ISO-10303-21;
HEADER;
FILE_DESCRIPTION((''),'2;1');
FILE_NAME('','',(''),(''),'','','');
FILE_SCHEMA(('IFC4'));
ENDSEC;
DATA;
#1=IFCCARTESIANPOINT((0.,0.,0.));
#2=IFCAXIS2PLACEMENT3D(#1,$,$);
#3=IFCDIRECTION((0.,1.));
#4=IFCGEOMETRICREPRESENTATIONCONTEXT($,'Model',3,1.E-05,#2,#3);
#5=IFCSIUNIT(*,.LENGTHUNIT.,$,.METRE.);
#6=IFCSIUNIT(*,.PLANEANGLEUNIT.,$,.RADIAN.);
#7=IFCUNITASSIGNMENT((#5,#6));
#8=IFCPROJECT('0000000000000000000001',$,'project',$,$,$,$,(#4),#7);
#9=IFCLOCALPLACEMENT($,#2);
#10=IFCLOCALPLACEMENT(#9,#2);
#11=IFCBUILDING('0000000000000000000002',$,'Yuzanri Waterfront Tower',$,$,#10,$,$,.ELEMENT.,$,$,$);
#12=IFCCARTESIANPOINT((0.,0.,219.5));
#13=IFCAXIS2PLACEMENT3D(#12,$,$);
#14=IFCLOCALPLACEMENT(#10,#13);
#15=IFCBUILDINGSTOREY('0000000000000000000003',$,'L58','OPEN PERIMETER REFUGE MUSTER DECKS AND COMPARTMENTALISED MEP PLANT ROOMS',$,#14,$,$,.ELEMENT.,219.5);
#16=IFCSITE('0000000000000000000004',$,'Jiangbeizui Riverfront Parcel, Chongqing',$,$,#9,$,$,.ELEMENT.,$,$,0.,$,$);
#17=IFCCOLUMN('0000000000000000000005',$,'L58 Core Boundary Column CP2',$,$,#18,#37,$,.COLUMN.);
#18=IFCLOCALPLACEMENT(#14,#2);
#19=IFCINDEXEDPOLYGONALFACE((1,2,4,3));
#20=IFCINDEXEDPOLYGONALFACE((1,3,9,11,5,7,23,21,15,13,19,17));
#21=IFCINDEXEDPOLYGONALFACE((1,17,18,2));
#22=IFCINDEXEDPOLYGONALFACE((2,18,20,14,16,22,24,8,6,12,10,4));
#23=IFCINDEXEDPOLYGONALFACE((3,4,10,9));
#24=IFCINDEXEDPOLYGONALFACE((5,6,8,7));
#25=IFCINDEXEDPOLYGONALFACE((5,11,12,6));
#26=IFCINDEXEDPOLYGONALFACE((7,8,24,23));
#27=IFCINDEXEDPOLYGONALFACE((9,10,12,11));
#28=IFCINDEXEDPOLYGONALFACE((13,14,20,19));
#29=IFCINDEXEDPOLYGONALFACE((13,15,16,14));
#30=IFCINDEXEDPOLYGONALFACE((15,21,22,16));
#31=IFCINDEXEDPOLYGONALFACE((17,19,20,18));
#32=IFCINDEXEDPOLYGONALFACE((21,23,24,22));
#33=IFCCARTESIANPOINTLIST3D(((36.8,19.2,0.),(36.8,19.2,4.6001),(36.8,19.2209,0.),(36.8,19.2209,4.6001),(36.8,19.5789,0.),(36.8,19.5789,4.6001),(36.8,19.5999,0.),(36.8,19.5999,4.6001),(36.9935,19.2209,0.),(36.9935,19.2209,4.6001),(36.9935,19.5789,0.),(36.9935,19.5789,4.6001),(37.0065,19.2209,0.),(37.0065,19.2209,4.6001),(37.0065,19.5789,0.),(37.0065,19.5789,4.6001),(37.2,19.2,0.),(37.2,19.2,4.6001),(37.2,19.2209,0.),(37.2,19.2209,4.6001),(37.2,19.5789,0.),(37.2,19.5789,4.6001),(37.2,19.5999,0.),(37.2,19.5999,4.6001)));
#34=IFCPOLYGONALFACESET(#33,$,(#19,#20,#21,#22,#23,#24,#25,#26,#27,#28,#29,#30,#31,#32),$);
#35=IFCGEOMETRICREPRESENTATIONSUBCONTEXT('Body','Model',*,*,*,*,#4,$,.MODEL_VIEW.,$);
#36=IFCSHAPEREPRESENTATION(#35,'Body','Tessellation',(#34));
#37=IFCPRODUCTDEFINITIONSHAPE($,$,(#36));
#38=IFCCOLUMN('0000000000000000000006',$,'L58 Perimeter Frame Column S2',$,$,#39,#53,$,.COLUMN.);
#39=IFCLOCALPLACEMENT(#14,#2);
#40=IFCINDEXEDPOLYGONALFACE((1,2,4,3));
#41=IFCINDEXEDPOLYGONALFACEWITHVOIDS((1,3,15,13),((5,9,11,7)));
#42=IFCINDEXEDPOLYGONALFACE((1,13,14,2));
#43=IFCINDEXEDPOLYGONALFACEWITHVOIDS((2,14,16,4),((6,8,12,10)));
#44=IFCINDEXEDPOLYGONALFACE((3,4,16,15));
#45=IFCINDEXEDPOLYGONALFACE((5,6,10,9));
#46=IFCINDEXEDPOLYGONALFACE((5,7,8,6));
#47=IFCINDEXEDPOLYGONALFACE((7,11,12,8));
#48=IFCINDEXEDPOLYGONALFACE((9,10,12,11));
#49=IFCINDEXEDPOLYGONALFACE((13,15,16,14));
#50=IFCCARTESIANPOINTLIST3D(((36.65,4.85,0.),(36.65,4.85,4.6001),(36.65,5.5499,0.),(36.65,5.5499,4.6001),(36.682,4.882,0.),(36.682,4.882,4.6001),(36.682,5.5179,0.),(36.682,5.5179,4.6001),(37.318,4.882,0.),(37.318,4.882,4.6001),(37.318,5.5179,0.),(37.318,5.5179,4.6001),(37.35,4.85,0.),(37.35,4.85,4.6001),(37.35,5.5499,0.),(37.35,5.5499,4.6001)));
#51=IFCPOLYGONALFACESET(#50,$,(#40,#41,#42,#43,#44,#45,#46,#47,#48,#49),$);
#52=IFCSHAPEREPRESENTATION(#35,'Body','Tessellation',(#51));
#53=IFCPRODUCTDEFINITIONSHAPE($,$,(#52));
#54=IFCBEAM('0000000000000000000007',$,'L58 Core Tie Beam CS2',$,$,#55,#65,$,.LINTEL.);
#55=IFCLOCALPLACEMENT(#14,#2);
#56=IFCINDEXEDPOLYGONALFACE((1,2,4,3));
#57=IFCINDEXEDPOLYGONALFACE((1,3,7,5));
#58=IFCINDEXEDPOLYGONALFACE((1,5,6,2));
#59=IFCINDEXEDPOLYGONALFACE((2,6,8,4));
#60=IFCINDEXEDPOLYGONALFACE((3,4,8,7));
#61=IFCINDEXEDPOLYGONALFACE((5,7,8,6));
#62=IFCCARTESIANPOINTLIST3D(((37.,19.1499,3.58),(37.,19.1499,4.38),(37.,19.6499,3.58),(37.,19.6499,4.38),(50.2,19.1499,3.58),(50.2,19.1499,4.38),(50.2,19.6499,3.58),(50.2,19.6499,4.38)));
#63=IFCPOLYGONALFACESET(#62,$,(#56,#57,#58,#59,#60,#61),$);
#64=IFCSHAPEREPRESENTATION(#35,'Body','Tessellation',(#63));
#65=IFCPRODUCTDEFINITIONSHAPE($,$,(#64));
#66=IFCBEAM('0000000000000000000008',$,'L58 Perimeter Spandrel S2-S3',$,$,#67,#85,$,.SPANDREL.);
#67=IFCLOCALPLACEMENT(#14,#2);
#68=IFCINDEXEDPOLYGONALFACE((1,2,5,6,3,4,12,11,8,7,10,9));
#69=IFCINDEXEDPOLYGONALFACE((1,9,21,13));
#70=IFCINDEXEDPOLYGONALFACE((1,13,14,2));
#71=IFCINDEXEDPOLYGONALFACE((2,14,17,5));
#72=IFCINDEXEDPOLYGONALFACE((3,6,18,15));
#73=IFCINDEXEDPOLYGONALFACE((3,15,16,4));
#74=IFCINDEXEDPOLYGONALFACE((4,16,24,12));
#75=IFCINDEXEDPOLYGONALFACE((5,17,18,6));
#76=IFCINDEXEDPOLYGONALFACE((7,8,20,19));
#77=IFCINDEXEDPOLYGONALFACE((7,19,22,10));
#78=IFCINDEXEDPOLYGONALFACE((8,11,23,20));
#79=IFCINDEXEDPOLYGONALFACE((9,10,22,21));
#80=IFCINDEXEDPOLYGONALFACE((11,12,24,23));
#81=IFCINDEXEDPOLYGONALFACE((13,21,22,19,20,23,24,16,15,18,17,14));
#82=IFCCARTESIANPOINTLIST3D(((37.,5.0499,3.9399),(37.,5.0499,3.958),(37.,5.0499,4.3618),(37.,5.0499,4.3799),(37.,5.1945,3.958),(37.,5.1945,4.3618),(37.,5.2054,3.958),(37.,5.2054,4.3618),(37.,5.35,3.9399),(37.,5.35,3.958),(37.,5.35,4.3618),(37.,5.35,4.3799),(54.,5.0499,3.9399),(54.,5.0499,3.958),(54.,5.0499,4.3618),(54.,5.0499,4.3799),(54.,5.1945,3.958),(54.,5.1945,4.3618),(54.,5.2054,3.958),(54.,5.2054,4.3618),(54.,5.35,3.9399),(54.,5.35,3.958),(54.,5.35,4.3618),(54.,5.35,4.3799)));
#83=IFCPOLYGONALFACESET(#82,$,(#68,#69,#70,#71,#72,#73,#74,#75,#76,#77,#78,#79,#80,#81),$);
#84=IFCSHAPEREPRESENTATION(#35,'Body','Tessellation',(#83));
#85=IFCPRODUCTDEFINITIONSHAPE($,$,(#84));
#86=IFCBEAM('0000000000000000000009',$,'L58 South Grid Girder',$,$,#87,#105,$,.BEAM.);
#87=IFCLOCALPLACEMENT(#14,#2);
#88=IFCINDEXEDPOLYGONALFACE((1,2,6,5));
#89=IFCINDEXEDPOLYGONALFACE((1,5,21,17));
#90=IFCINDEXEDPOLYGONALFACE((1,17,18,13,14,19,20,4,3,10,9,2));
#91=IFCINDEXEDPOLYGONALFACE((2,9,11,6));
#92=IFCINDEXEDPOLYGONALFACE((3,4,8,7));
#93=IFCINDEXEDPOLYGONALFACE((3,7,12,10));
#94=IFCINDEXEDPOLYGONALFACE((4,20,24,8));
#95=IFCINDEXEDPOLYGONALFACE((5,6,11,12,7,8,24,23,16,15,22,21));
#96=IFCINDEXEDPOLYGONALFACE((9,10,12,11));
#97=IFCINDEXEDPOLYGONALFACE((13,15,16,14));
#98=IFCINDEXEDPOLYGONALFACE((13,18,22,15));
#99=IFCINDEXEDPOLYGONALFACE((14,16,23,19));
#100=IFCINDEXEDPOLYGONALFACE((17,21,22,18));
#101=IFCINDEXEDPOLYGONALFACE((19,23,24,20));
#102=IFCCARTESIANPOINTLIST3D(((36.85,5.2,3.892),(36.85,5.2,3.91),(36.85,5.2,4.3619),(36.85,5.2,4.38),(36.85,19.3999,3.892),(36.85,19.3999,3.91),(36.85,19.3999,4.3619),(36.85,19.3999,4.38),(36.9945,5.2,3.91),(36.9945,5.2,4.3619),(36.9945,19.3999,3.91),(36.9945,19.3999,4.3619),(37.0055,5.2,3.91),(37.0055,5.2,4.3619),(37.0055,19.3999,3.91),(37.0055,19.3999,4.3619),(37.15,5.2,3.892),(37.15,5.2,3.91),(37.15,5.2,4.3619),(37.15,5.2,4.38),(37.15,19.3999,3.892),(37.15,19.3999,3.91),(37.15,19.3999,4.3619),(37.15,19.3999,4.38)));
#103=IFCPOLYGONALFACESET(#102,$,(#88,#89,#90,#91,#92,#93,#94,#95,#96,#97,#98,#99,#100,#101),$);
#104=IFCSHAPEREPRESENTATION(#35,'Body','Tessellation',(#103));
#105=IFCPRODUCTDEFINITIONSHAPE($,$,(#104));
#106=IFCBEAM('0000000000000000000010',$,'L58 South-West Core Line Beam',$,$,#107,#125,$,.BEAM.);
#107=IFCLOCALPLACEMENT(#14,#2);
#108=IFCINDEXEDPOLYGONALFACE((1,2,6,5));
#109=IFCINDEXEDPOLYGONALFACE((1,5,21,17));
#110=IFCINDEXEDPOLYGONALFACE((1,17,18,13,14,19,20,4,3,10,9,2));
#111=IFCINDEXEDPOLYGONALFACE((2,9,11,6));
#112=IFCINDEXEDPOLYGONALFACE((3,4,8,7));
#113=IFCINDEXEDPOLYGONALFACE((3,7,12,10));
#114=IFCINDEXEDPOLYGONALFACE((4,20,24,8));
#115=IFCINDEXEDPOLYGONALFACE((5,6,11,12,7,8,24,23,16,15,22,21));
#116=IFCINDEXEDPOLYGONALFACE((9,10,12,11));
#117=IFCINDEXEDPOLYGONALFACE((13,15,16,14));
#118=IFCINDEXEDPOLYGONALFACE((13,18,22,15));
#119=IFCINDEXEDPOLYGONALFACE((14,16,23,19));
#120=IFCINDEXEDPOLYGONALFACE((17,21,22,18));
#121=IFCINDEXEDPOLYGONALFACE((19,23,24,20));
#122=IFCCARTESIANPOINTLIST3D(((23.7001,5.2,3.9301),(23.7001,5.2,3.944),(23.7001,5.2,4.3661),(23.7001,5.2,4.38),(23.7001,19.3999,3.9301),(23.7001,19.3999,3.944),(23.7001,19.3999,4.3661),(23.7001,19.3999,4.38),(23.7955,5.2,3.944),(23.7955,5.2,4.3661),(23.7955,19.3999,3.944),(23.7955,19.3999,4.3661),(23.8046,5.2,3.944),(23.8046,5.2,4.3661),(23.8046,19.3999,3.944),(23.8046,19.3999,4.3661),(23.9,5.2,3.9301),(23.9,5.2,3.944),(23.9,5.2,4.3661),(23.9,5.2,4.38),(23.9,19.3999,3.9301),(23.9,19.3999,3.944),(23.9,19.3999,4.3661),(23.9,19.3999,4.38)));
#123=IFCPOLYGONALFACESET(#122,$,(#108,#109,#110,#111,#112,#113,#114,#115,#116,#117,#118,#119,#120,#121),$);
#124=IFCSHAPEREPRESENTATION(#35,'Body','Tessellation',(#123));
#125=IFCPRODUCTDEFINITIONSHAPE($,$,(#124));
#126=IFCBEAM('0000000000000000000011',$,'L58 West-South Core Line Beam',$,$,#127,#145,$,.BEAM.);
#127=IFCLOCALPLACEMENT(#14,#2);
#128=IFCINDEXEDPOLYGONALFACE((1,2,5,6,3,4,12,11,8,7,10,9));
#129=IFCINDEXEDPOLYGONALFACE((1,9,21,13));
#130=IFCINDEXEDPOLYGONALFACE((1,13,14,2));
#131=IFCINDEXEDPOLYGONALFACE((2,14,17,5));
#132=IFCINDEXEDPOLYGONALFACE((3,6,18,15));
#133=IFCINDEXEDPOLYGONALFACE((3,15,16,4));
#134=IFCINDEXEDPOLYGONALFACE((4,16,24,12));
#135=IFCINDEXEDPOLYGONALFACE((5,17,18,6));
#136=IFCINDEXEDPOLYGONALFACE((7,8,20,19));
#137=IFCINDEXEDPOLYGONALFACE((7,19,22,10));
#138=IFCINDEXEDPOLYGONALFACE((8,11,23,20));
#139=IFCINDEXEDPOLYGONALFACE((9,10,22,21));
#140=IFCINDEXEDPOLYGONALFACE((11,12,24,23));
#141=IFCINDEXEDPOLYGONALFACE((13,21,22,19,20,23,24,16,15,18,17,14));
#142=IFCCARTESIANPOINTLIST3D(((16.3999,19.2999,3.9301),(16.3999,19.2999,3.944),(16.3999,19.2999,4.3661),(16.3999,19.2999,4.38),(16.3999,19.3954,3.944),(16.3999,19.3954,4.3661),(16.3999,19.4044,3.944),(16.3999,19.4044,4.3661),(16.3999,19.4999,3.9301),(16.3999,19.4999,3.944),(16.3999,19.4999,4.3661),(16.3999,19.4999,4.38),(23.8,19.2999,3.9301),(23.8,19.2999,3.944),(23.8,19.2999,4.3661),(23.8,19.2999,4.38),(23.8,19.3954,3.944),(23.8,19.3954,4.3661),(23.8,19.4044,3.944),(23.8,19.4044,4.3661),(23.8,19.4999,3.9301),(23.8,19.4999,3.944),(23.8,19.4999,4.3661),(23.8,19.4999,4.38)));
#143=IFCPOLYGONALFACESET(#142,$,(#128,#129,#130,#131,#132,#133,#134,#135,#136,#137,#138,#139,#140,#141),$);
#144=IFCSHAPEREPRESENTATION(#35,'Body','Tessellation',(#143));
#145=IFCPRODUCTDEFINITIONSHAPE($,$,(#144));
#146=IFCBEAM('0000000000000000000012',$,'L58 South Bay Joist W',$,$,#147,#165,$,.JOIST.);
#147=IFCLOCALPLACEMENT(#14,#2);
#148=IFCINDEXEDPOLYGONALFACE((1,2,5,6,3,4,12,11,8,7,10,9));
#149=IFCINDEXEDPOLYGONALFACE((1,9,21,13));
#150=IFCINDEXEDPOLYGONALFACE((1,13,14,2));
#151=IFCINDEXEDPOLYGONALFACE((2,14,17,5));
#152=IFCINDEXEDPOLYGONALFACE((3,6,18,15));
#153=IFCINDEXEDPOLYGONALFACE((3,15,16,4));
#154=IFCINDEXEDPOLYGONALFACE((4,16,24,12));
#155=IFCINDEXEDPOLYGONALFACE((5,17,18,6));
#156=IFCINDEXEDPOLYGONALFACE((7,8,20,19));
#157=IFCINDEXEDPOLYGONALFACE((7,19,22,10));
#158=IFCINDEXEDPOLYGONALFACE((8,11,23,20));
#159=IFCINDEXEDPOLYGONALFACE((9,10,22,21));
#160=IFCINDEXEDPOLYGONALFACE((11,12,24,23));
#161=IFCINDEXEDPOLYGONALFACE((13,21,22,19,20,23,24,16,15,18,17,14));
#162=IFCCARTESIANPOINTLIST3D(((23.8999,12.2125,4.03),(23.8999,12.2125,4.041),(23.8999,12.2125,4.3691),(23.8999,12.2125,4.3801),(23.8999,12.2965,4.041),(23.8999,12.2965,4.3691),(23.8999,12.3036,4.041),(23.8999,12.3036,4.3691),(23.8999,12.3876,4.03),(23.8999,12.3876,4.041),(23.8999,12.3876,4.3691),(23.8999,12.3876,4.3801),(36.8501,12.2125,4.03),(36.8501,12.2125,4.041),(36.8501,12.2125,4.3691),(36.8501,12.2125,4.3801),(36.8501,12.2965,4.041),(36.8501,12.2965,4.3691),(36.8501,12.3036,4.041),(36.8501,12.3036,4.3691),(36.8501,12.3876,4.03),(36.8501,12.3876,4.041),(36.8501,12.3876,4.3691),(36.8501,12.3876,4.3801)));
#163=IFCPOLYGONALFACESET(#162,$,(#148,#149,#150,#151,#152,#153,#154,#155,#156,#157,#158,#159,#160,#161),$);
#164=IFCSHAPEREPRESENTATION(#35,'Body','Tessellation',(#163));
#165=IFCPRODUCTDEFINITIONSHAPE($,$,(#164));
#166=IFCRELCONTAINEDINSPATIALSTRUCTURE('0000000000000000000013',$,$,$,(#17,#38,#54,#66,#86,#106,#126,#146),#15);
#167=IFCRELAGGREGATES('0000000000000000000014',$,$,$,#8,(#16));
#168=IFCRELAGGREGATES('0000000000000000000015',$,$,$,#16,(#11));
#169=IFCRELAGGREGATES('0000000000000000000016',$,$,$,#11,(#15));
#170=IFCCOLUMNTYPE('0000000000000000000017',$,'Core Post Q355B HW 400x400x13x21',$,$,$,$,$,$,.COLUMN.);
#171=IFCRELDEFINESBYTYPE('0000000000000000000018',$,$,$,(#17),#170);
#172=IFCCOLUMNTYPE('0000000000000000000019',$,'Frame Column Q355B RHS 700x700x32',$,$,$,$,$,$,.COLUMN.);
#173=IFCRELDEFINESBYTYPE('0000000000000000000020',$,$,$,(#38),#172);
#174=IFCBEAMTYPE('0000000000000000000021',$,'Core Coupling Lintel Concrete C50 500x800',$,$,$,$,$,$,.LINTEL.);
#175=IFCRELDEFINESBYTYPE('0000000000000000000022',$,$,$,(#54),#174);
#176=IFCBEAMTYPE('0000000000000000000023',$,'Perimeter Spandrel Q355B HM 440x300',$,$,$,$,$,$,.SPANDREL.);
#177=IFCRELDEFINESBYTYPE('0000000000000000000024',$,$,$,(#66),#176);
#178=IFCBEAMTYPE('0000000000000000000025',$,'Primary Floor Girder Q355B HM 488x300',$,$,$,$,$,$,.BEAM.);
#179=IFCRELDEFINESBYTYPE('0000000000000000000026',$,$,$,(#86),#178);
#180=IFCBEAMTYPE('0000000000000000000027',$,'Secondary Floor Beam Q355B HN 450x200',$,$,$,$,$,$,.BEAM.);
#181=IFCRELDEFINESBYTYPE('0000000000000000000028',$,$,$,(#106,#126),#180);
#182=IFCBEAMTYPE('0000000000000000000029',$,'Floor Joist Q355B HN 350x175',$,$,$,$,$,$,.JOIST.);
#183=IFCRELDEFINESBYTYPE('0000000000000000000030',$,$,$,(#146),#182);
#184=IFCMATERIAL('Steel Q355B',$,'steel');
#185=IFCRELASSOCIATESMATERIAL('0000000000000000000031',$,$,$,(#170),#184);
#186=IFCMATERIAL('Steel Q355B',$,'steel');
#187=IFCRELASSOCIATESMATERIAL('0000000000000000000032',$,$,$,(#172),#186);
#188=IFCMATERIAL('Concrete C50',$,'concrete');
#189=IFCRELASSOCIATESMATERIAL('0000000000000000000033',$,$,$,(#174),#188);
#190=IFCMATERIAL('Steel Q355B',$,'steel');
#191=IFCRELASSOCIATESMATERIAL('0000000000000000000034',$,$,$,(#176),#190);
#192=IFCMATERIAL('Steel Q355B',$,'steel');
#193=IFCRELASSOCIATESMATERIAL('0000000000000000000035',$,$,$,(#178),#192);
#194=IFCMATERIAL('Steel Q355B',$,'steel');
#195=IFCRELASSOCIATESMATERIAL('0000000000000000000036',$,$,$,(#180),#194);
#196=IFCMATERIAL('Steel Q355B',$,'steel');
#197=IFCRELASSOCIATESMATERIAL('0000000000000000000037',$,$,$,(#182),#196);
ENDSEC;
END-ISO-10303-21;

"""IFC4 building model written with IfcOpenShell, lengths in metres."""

from ifc_helpers import new_model, si_unit, direction, frame, origin, origin_2d, place, context, subcontext, project, spatial, rectangle, hollow_rectangle, i_section, extrude, source, transform, mapped, material, material_profile, profile_set, type_object, element, save


model = new_model("IFC4")

# Units and contexts
model_context = context("Model", 3, precision=1e-05, world=origin(), true_north=direction((0.0, 1.0)))
body_context = subcontext(model_context, "Body", "Model", "MODEL_VIEW")
ifc_project = project(units=[si_unit("LENGTHUNIT", "METRE"), si_unit("PLANEANGLEUNIT", "RADIAN")], contexts=[model_context])

# Site, building, storey
site_placement = place(None, origin())
site = spatial("IfcSite", under=ifc_project, at=site_placement, Name="Jiangbeizui Riverfront Parcel, Chongqing", CompositionType="ELEMENT", RefElevation=0.0)
building_placement = place(site_placement, origin())
building = spatial("IfcBuilding", under=site, at=building_placement, Name="Yuzanri Waterfront Tower", CompositionType="ELEMENT")
storey_placement = place(building_placement, frame((0.0, 0.0, 219.5)))
storey = spatial("IfcBuildingStorey", under=building, at=storey_placement, Name="L58", Description="OPEN PERIMETER REFUGE MUSTER DECKS AND COMPARTMENTALISED MEP PLANT ROOMS", CompositionType="ELEMENT", Elevation=219.5)

# Columns
ifc_material_1 = material(Name="Steel Q355B", Category="steel")
ifc_material_profile_1 = material_profile(ifc_material_1, i_section(OverallWidth=0.3999, OverallDepth=0.3999, WebThickness=0.0129, FlangeThickness=0.021, at=origin_2d()), Name="HW 400x400x13x21")
ifc_profile_set_1 = profile_set([ifc_material_profile_1], Name="Steel Q355B")
column_type_1 = type_object("IfcColumnType", Name="Core Post Q355B HW 400x400x13x21", PredefinedType="COLUMN", material=ifc_profile_set_1)
shared_shape_1 = source(origin(), body_context, "Body", "SweptSolid", [
    extrude(i_section(OverallWidth=0.3999, OverallDepth=0.3999, WebThickness=0.0129, FlangeThickness=0.021, at=origin_2d()), origin(), (0.0, 0.0, 1.0), 4.6001),
])
column_1_placement = place(storey_placement, frame((37.0, 19.3999, 0.0), z_axis=(0.0, 0.0, 1.0), x_axis=(1.0, 0.0, 0.0)))
element("IfcColumn", 1, at=column_1_placement, inside=storey, type_object=column_type_1, Name="L58 Core Boundary Column CP2", PredefinedType="COLUMN", context=body_context, shape_type="MappedRepresentation", body=[
    mapped(shared_shape_1, transform((0.0, 0.0, 0.0), scale=1.0)),
])
ifc_material_2 = material(Name="Steel Q355B", Category="steel")
ifc_material_profile_2 = material_profile(ifc_material_2, hollow_rectangle(XDim=0.7, YDim=0.7, WallThickness=0.032, at=origin_2d()), Name="RHS 700x700x32")
ifc_profile_set_2 = profile_set([ifc_material_profile_2], Name="Steel Q355B")
column_type_2 = type_object("IfcColumnType", Name="Frame Column Q355B RHS 700x700x32", PredefinedType="COLUMN", material=ifc_profile_set_2)
shared_shape_2 = source(origin(), body_context, "Body", "SweptSolid", [
    extrude(hollow_rectangle(XDim=0.7, YDim=0.7, WallThickness=0.032, at=origin_2d()), origin(), (0.0, 0.0, 1.0), 4.6001),
])
column_2_placement = place(storey_placement, frame((37.0, 5.2, 0.0), z_axis=(0.0, 0.0, 1.0), x_axis=(1.0, 0.0, 0.0)))
element("IfcColumn", 2, at=column_2_placement, inside=storey, type_object=column_type_2, Name="L58 Perimeter Frame Column S2", PredefinedType="COLUMN", context=body_context, shape_type="MappedRepresentation", body=[
    mapped(shared_shape_2, transform((0.0, 0.0, 0.0), scale=1.0)),
])

# Beams
ifc_material_3 = material(Name="Concrete C50", Category="concrete")
ifc_material_profile_3 = material_profile(ifc_material_3, rectangle(XDim=0.5, YDim=0.8, at=origin_2d()), Name="RC 500x800")
ifc_profile_set_3 = profile_set([ifc_material_profile_3], Name="Concrete C50")
beam_type_1 = type_object("IfcBeamType", Name="Core Coupling Lintel Concrete C50 500x800", PredefinedType="LINTEL", material=ifc_profile_set_3)
shared_shape_3 = source(origin(), body_context, "Body", "SweptSolid", [
    extrude(rectangle(XDim=0.5, YDim=0.8, at=origin_2d()), origin(), (0.0, 0.0, 1.0), 13.2),
])
beam_1_placement = place(storey_placement, frame((37.0, 19.3999, 3.98), z_axis=(1.0, 0.0, 0.0), x_axis=(0.0, 1.0, 0.0)))
element("IfcBeam", 3, at=beam_1_placement, inside=storey, type_object=beam_type_1, Name="L58 Core Tie Beam CS2", PredefinedType="LINTEL", context=body_context, shape_type="MappedRepresentation", body=[
    mapped(shared_shape_3, transform((0.0, 0.0, 0.0), scale=1.0)),
])
ifc_material_4 = material(Name="Steel Q355B", Category="steel")
ifc_material_profile_4 = material_profile(ifc_material_4, i_section(OverallWidth=0.3, OverallDepth=0.4399, WebThickness=0.011, FlangeThickness=0.0181, at=origin_2d()), Name="HM 440x300x11x18")
ifc_profile_set_4 = profile_set([ifc_material_profile_4], Name="Steel Q355B")
beam_type_2 = type_object("IfcBeamType", Name="Perimeter Spandrel Q355B HM 440x300", PredefinedType="SPANDREL", material=ifc_profile_set_4)
shared_shape_4 = source(origin(), body_context, "Body", "SweptSolid", [
    extrude(i_section(OverallWidth=0.3, OverallDepth=0.4399, WebThickness=0.011, FlangeThickness=0.0181, at=origin_2d()), origin(), (0.0, 0.0, 1.0), 17.0),
])
beam_2_placement = place(storey_placement, frame((37.0, 5.2, 4.1599), z_axis=(1.0, 0.0, 0.0), x_axis=(0.0, 1.0, 0.0)))
element("IfcBeam", 4, at=beam_2_placement, inside=storey, type_object=beam_type_2, Name="L58 Perimeter Spandrel S2-S3", PredefinedType="SPANDREL", context=body_context, shape_type="MappedRepresentation", body=[
    mapped(shared_shape_4, transform((0.0, 0.0, 0.0), scale=1.0)),
])
ifc_material_5 = material(Name="Steel Q355B", Category="steel")
ifc_material_profile_5 = material_profile(ifc_material_5, i_section(OverallWidth=0.3, OverallDepth=0.488, WebThickness=0.011, FlangeThickness=0.0181, at=origin_2d()), Name="HM 488x300x11x18")
ifc_profile_set_5 = profile_set([ifc_material_profile_5], Name="Steel Q355B")
beam_type_3 = type_object("IfcBeamType", Name="Primary Floor Girder Q355B HM 488x300", PredefinedType="BEAM", material=ifc_profile_set_5)
shared_shape_5 = source(origin(), body_context, "Body", "SweptSolid", [
    extrude(i_section(OverallWidth=0.3, OverallDepth=0.488, WebThickness=0.011, FlangeThickness=0.0181, at=origin_2d()), origin(), (0.0, 0.0, 1.0), 14.2),
])
beam_3_placement = place(storey_placement, frame((37.0, 19.3999, 4.136), z_axis=(0.0, -1.0, 0.0), x_axis=(1.0, 0.0, 0.0)))
element("IfcBeam", 5, at=beam_3_placement, inside=storey, type_object=beam_type_3, Name="L58 South Grid Girder", PredefinedType="BEAM", context=body_context, shape_type="MappedRepresentation", body=[
    mapped(shared_shape_5, transform((0.0, 0.0, 0.0), scale=1.0)),
])
ifc_material_6 = material(Name="Steel Q355B", Category="steel")
ifc_material_profile_6 = material_profile(ifc_material_6, i_section(OverallWidth=0.2, OverallDepth=0.45, WebThickness=0.009, FlangeThickness=0.0139, at=origin_2d()), Name="HN 450x200x9x14")
ifc_profile_set_6 = profile_set([ifc_material_profile_6], Name="Steel Q355B")
beam_type_4 = type_object("IfcBeamType", Name="Secondary Floor Beam Q355B HN 450x200", PredefinedType="BEAM", material=ifc_profile_set_6)
shared_shape_6 = source(origin(), body_context, "Body", "SweptSolid", [
    extrude(i_section(OverallWidth=0.2, OverallDepth=0.45, WebThickness=0.009, FlangeThickness=0.0139, at=origin_2d()), origin(), (0.0, 0.0, 1.0), 14.2),
])
beam_4_placement = place(storey_placement, frame((23.8, 19.3999, 4.155), z_axis=(0.0, -1.0, 0.0), x_axis=(1.0, 0.0, 0.0)))
element("IfcBeam", 6, at=beam_4_placement, inside=storey, type_object=beam_type_4, Name="L58 South-West Core Line Beam", PredefinedType="BEAM", context=body_context, shape_type="MappedRepresentation", body=[
    mapped(shared_shape_6, transform((0.0, 0.0, 0.0), scale=1.0)),
])
shared_shape_7 = source(origin(), body_context, "Body", "SweptSolid", [
    extrude(i_section(OverallWidth=0.2, OverallDepth=0.45, WebThickness=0.009, FlangeThickness=0.0139, at=origin_2d()), origin(), (0.0, 0.0, 1.0), 7.4001),
])
beam_5_placement = place(storey_placement, frame((23.8, 19.3999, 4.155), z_axis=(-1.0, 0.0, 0.0), x_axis=(0.0, -1.0, 0.0)))
element("IfcBeam", 7, at=beam_5_placement, inside=storey, type_object=beam_type_4, Name="L58 West-South Core Line Beam", PredefinedType="BEAM", context=body_context, shape_type="MappedRepresentation", body=[
    mapped(shared_shape_7, transform((0.0, 0.0, 0.0), scale=1.0)),
])
ifc_material_7 = material(Name="Steel Q355B", Category="steel")
ifc_material_profile_7 = material_profile(ifc_material_7, i_section(OverallWidth=0.175, OverallDepth=0.3501, WebThickness=0.0071, FlangeThickness=0.011, at=origin_2d()), Name="HN 350x175x7x11")
ifc_profile_set_7 = profile_set([ifc_material_profile_7], Name="Steel Q355B")
beam_type_5 = type_object("IfcBeamType", Name="Floor Joist Q355B HN 350x175", PredefinedType="JOIST", material=ifc_profile_set_7)
shared_shape_8 = source(origin(), body_context, "Body", "SweptSolid", [
    extrude(i_section(OverallWidth=0.175, OverallDepth=0.3501, WebThickness=0.0071, FlangeThickness=0.011, at=origin_2d()), origin(), (0.0, 0.0, 1.0), 12.9502),
])
beam_6_placement = place(storey_placement, frame((23.8999, 12.3, 4.2051), z_axis=(1.0, 0.0, 0.0), x_axis=(0.0, 1.0, 0.0)))
element("IfcBeam", 8, at=beam_6_placement, inside=storey, type_object=beam_type_5, Name="L58 South Bay Joist W", PredefinedType="JOIST", context=body_context, shape_type="MappedRepresentation", body=[
    mapped(shared_shape_8, transform((0.0, 0.0, 0.0), scale=1.0)),
])

save(model, "model.ifc")
